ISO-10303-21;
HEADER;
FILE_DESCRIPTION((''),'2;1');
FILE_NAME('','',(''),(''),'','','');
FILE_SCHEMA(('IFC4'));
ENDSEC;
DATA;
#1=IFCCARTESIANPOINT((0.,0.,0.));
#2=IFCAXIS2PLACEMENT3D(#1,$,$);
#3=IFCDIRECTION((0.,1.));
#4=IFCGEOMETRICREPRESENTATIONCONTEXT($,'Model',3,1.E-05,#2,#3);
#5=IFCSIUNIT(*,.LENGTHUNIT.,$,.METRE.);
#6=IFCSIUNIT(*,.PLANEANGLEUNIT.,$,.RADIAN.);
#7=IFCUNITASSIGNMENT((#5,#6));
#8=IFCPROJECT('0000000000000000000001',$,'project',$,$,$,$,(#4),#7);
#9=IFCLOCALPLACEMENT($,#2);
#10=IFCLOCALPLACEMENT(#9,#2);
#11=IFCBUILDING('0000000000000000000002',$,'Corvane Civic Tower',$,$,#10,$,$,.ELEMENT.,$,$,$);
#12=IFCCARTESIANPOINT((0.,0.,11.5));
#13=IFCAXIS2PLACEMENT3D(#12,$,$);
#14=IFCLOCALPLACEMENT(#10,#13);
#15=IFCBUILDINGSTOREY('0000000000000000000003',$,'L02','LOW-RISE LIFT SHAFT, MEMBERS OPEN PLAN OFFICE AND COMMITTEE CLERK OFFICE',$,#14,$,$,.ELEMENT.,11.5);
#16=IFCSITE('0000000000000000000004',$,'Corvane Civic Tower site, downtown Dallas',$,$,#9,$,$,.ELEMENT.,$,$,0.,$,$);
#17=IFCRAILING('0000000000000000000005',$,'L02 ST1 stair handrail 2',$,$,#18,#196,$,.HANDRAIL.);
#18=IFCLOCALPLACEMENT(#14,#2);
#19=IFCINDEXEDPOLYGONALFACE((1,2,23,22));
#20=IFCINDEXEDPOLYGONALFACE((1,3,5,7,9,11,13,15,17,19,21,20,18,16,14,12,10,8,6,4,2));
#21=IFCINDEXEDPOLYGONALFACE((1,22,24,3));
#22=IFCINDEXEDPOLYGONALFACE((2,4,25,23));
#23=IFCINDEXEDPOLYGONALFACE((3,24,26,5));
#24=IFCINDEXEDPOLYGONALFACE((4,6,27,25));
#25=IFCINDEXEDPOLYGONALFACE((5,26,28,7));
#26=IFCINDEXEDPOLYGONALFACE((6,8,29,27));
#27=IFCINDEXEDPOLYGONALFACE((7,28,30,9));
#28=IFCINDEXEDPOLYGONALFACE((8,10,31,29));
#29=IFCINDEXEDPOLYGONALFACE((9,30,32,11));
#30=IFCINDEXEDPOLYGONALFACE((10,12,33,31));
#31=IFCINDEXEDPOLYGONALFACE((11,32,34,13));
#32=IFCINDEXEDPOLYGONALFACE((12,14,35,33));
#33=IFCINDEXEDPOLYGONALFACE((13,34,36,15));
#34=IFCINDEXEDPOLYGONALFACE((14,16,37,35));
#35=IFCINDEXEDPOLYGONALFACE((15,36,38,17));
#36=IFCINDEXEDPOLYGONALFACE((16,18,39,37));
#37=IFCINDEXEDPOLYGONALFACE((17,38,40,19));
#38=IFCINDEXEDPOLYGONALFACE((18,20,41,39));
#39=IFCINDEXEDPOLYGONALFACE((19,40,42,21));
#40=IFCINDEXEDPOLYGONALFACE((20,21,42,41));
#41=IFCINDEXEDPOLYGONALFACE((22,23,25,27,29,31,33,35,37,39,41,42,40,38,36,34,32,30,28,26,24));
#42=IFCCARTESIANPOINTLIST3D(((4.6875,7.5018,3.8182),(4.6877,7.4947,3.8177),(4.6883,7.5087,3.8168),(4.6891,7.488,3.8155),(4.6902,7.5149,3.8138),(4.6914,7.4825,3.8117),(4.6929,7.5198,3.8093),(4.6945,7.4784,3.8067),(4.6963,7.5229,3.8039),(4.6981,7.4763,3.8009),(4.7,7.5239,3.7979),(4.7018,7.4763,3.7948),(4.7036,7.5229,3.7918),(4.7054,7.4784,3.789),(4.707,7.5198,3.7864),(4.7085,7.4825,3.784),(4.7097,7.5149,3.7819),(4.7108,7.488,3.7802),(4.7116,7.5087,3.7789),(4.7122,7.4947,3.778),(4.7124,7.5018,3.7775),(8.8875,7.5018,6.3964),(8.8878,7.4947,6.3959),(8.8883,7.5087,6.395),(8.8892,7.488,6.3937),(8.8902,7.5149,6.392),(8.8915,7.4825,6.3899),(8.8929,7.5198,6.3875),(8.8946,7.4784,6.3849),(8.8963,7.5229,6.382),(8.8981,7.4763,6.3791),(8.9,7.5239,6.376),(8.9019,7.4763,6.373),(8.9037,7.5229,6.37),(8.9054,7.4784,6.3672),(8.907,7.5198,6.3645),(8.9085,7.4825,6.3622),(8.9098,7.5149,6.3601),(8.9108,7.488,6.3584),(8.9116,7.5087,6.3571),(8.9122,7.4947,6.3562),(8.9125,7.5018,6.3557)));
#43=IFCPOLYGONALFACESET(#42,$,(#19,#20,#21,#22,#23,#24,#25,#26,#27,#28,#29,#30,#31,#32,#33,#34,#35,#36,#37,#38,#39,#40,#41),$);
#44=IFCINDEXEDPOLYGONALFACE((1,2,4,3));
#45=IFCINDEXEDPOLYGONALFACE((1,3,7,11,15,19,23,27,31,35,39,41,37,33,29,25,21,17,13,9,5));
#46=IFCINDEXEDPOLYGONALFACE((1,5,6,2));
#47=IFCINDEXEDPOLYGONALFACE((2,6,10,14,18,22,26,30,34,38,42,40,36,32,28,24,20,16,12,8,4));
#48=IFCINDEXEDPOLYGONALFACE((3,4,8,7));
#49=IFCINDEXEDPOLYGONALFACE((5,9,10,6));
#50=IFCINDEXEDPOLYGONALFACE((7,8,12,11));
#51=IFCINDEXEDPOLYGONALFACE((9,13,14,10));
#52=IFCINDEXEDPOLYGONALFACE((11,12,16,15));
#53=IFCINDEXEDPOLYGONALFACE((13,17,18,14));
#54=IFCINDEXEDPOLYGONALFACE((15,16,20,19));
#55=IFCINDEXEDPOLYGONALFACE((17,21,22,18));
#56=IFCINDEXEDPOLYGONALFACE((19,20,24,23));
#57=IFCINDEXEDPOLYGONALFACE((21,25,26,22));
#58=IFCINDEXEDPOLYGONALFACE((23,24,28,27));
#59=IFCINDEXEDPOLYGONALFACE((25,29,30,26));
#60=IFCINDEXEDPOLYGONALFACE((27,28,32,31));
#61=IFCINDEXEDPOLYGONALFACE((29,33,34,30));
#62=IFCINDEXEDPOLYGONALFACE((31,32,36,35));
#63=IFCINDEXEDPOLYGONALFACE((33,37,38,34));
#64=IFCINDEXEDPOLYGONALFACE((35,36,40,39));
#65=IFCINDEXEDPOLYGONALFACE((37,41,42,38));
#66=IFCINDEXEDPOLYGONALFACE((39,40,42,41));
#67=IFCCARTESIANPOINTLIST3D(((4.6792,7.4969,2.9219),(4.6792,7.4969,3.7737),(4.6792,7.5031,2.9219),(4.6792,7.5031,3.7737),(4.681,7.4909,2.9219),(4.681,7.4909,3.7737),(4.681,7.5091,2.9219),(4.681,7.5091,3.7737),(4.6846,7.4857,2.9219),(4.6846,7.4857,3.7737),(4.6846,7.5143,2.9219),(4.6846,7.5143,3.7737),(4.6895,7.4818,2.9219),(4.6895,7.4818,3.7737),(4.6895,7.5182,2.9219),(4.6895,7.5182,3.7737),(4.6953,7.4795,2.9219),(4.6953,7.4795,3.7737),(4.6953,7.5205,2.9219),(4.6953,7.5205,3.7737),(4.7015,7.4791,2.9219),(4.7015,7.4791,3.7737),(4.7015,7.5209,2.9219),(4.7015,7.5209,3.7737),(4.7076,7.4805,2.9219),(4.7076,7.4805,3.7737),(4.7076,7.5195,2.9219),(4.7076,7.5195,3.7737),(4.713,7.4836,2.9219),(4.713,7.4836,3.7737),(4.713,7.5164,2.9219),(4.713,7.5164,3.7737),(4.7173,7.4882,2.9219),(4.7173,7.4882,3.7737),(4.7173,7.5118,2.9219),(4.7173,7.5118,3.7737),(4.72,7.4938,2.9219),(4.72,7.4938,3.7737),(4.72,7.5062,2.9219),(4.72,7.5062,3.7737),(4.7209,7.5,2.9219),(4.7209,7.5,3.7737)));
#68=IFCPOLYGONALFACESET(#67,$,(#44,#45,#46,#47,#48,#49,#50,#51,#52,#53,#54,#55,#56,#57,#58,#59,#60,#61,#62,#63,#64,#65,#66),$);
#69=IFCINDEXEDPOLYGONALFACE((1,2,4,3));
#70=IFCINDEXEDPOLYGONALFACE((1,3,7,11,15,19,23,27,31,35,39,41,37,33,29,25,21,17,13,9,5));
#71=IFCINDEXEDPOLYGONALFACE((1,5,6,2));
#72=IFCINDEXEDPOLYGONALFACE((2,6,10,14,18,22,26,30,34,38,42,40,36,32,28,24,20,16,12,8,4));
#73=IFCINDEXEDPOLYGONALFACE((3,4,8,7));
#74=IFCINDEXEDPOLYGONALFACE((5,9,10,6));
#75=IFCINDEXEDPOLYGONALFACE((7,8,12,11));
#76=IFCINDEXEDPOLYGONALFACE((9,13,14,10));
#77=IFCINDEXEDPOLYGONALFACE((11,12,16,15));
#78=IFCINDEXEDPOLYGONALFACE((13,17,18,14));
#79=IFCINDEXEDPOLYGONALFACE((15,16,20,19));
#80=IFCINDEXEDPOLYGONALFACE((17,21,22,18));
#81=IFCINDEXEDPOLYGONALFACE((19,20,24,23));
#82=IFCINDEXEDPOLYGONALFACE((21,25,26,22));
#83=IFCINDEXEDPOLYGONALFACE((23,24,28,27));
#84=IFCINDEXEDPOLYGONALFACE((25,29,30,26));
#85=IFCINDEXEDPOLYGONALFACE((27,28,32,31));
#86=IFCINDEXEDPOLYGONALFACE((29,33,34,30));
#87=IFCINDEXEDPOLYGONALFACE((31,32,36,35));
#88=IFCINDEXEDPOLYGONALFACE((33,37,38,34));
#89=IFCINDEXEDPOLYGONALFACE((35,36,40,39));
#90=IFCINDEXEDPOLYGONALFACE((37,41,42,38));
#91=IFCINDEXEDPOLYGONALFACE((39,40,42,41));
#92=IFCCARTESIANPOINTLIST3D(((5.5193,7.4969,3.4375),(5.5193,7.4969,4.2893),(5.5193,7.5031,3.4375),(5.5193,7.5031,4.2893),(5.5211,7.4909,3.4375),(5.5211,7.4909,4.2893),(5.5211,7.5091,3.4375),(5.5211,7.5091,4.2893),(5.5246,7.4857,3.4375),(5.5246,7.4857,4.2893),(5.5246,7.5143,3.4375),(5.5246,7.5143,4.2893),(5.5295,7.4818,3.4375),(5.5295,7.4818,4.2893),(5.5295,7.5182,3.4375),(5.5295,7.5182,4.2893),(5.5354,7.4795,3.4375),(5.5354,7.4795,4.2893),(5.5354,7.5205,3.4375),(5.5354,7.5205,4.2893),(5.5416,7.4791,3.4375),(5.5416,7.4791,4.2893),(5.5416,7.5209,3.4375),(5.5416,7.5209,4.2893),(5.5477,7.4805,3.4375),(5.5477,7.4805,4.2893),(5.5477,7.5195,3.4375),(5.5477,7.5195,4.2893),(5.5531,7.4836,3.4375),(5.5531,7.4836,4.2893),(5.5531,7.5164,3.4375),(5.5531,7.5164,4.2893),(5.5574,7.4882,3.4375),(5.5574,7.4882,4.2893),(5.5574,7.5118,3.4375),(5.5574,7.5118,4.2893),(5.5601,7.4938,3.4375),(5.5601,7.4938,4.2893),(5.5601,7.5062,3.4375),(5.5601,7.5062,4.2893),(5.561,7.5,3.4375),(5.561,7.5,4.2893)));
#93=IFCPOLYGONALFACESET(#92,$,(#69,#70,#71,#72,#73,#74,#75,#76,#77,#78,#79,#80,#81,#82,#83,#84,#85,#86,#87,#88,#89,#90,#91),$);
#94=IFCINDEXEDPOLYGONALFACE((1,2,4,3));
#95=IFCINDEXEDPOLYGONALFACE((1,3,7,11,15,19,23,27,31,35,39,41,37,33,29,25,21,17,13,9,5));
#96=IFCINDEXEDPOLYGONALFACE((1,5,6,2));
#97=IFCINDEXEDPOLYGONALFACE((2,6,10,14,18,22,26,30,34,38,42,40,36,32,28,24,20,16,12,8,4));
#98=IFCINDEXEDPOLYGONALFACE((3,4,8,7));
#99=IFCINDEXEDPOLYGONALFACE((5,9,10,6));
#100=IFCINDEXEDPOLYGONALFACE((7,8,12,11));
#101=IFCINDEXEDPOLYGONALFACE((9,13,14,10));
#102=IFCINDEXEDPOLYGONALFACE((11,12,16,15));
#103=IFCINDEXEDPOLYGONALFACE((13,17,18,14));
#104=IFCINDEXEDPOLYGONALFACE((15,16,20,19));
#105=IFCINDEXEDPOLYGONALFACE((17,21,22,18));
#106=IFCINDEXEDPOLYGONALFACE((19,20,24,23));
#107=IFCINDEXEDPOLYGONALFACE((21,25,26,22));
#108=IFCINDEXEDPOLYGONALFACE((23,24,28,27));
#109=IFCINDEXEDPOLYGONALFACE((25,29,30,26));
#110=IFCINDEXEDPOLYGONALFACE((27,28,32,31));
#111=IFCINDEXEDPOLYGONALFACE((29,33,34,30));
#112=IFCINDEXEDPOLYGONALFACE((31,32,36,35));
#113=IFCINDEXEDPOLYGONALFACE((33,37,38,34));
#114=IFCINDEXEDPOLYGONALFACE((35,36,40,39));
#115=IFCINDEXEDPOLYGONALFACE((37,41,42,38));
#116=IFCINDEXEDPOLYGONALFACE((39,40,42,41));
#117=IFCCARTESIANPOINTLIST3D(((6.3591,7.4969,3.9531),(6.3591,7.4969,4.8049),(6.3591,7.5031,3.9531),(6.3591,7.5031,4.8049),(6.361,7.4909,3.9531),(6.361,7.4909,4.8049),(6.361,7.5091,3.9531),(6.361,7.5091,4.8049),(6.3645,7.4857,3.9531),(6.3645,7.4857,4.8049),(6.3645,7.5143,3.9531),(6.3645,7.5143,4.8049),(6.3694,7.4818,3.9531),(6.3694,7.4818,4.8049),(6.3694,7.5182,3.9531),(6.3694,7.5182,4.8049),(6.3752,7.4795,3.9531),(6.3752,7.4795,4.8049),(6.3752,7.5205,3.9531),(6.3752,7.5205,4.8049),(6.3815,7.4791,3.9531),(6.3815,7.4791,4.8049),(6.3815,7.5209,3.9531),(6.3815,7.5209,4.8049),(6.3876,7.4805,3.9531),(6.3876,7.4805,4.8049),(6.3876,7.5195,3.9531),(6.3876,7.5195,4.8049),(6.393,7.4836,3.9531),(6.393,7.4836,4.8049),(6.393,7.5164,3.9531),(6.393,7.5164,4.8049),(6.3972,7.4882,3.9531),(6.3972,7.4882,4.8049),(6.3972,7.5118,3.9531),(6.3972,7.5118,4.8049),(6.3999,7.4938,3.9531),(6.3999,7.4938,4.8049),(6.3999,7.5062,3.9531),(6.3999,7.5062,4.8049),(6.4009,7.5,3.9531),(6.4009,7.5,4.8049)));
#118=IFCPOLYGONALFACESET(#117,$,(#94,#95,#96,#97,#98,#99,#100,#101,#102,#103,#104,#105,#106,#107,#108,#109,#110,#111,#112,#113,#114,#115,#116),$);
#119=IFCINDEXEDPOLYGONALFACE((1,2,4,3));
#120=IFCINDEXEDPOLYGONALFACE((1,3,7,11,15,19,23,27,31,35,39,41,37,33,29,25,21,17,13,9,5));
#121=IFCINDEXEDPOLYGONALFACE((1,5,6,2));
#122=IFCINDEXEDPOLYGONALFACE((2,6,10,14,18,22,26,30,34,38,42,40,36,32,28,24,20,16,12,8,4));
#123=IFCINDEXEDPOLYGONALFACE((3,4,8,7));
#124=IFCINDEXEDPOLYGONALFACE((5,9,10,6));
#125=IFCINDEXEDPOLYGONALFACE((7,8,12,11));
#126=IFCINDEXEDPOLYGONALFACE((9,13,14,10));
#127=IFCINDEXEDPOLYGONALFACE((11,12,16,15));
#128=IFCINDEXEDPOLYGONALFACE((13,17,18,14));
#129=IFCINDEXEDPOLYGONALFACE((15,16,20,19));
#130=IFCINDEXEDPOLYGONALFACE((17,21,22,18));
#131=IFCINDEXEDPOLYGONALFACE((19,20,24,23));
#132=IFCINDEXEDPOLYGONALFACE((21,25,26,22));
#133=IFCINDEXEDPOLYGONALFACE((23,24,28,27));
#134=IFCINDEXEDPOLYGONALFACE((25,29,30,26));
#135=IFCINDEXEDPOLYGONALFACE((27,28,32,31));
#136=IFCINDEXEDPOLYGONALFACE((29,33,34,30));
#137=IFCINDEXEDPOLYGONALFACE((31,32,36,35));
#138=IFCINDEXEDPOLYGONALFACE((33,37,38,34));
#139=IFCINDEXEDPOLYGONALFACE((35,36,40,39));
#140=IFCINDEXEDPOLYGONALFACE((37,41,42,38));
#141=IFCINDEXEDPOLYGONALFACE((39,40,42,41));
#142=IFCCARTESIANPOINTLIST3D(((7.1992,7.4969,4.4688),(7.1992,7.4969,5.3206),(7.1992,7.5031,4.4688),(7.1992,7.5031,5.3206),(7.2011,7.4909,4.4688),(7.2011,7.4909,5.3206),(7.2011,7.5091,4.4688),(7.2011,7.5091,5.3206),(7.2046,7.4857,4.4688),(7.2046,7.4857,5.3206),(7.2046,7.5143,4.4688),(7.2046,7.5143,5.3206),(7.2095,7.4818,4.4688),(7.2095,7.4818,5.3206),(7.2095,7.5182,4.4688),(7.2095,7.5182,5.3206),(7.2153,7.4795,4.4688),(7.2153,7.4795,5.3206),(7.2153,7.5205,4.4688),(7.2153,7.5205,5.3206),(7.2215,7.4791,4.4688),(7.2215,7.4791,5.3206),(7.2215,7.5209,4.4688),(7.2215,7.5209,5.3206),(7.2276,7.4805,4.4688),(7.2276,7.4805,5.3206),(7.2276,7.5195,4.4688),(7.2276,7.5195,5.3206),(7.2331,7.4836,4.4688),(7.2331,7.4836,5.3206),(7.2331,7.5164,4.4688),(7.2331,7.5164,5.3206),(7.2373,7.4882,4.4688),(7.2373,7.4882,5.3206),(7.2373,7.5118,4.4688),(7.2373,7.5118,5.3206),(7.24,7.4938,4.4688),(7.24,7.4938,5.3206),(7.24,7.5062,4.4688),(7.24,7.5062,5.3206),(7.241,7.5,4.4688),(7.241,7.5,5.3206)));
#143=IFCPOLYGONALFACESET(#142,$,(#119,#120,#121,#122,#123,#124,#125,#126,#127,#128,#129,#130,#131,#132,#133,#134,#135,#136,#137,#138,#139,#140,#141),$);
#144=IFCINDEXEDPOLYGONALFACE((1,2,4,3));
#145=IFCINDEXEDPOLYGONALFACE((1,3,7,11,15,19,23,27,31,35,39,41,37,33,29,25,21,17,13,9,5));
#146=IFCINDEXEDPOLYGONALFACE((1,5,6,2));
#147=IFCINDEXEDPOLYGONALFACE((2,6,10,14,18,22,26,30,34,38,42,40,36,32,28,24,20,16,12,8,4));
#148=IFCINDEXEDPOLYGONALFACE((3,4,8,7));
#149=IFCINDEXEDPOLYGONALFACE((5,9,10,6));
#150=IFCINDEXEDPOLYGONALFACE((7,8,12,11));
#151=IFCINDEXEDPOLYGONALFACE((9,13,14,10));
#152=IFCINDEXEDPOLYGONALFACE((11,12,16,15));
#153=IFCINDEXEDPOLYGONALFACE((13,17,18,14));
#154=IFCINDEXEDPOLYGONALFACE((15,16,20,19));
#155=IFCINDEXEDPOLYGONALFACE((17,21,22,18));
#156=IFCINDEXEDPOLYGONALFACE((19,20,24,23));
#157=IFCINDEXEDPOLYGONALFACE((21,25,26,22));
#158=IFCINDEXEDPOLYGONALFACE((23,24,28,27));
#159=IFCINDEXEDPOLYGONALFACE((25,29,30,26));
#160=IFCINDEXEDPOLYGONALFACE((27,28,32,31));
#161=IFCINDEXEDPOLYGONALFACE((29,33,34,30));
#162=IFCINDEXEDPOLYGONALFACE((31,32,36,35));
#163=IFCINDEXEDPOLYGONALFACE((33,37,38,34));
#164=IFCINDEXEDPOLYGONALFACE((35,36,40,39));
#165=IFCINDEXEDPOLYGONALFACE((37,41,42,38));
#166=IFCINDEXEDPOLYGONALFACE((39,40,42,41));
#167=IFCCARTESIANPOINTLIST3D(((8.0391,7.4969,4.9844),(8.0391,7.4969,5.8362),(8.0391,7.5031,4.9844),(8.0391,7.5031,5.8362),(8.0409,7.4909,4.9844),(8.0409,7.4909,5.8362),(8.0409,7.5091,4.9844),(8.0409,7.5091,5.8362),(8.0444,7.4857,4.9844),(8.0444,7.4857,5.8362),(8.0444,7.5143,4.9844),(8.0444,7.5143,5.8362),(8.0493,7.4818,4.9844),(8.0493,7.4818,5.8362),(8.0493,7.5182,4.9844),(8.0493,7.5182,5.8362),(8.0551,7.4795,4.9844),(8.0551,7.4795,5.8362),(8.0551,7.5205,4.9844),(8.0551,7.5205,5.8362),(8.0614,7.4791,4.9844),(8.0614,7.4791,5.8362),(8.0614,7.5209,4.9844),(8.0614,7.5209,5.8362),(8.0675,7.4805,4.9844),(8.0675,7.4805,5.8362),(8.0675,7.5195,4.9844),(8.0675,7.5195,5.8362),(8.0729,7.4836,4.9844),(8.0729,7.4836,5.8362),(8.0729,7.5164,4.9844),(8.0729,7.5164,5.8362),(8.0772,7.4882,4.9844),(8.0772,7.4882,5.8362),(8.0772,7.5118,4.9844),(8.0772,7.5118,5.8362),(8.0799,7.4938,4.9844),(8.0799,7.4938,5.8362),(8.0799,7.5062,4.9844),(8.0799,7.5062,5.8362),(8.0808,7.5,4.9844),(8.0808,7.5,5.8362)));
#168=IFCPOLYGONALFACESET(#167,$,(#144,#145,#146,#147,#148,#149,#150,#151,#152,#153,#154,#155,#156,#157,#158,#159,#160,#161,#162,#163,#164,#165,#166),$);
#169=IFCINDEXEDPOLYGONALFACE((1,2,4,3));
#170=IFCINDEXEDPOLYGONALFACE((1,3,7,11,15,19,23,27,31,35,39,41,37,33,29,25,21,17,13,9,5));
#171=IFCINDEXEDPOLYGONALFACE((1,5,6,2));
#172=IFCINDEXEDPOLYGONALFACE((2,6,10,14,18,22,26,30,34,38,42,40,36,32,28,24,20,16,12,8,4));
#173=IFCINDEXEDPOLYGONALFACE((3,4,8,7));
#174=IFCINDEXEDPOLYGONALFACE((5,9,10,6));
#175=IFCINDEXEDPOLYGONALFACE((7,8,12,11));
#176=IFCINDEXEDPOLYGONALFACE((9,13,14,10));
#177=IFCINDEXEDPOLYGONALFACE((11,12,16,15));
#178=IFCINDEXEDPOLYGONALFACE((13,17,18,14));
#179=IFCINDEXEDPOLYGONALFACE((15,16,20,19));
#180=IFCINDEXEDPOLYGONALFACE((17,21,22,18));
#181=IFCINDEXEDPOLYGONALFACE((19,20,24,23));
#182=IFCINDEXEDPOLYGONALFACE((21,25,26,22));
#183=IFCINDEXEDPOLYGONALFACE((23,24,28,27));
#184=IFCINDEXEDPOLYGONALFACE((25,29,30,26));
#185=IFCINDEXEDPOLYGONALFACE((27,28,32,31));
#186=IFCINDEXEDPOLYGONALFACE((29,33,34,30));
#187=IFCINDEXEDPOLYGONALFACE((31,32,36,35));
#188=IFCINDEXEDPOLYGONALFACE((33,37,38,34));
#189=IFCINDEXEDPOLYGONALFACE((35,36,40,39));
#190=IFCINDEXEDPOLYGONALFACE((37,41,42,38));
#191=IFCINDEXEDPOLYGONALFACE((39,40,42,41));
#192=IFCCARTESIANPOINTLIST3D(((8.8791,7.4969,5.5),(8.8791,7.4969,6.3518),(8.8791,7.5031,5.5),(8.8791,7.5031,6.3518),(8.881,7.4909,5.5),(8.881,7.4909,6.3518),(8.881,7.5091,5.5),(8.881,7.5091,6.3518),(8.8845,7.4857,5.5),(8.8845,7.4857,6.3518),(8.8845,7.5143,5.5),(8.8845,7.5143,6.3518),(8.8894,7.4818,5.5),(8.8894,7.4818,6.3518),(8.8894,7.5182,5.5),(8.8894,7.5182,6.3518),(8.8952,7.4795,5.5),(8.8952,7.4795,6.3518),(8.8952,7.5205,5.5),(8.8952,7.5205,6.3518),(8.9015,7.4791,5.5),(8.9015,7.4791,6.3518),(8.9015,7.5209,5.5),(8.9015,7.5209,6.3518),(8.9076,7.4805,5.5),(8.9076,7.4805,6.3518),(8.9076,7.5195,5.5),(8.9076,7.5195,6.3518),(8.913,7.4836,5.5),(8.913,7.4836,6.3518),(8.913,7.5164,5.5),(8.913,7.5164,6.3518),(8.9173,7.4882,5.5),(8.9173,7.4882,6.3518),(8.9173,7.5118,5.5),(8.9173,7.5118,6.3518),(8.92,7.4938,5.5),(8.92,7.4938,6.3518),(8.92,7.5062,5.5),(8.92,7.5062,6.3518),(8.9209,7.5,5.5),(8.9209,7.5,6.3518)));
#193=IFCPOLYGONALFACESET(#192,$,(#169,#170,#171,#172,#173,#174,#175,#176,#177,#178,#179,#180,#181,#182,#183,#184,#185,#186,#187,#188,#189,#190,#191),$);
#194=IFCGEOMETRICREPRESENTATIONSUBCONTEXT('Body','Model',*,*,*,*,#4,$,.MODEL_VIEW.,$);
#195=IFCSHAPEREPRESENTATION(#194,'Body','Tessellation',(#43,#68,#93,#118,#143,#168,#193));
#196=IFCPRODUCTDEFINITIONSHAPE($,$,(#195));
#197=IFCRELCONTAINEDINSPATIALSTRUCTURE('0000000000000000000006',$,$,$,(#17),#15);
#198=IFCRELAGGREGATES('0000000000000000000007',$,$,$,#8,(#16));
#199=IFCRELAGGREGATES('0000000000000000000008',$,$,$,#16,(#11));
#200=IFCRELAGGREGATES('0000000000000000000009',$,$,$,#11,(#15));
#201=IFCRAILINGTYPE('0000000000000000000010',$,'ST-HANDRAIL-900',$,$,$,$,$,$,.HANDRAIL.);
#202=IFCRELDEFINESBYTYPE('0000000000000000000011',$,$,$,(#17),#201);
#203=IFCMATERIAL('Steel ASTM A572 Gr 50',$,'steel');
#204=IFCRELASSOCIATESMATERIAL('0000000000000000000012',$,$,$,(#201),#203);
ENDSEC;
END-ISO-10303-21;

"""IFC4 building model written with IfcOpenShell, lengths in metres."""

from ifc_helpers import new_model, si_unit, direction, frame, origin, origin_2d, place, context, subcontext, project, spatial, circle, extrude, material, type_object, element, save


model = new_model("IFC4")

# Units and contexts
model_context = context("Model", 3, precision=1e-05, world=origin(), true_north=direction((0.0, 1.0)))
body_context = subcontext(model_context, "Body", "Model", "MODEL_VIEW")
ifc_project = project(units=[si_unit("LENGTHUNIT", "METRE"), si_unit("PLANEANGLEUNIT", "RADIAN")], contexts=[model_context])

# Site, building, storey
site_placement = place(None, origin())
site = spatial("IfcSite", under=ifc_project, at=site_placement, Name="Corvane Civic Tower site, downtown Dallas", CompositionType="ELEMENT", RefElevation=0.0)
building_placement = place(site_placement, origin())
building = spatial("IfcBuilding", under=site, at=building_placement, Name="Corvane Civic Tower", CompositionType="ELEMENT")
storey_placement = place(building_placement, frame((0.0, 0.0, 11.5)))
storey = spatial("IfcBuildingStorey", under=building, at=storey_placement, Name="L02", Description="LOW-RISE LIFT SHAFT, MEMBERS OPEN PLAN OFFICE AND COMMITTEE CLERK OFFICE", CompositionType="ELEMENT", Elevation=11.5)

# Railing
ifc_material_1 = material(Name="Steel ASTM A572 Gr 50", Category="steel")
railing_type_1 = type_object("IfcRailingType", Name="ST-HANDRAIL-900", PredefinedType="HANDRAIL", material=ifc_material_1)
railing_1_placement = place(storey_placement, frame((4.7, 7.5, 2.9219)))
element("IfcRailing", 1, at=railing_1_placement, inside=storey, type_object=railing_type_1, Name="L02 ST1 stair handrail 2", PredefinedType="HANDRAIL", context=body_context, shape_type="SweptSolid", body=[
    extrude(circle(Radius=0.0239, at=origin_2d()), frame((0.0, 0.0, 0.876), z_axis=(0.852243, 0.0, 0.523146), x_axis=(0.0, 1.0, 0.0)), (0.0, 0.0, 1.0), 4.9282),
    extrude(circle(Radius=0.021, at=origin_2d()), origin(), (0.0, 0.0, 1.0), 0.8518),
    extrude(circle(Radius=0.021, at=origin_2d()), frame((0.8401, 0.0, 0.5156)), (0.0, 0.0, 1.0), 0.8518),
    extrude(circle(Radius=0.021, at=origin_2d()), frame((1.6799, 0.0, 1.0312)), (0.0, 0.0, 1.0), 0.8518),
    extrude(circle(Radius=0.021, at=origin_2d()), frame((2.52, 0.0, 1.5469)), (0.0, 0.0, 1.0), 0.8518),
    extrude(circle(Radius=0.021, at=origin_2d()), frame((3.3599, 0.0, 2.0625)), (0.0, 0.0, 1.0), 0.8518),
    extrude(circle(Radius=0.021, at=origin_2d()), frame((4.2, 0.0, 2.5781)), (0.0, 0.0, 1.0), 0.8518),
])

save(model, "model.ifc")
